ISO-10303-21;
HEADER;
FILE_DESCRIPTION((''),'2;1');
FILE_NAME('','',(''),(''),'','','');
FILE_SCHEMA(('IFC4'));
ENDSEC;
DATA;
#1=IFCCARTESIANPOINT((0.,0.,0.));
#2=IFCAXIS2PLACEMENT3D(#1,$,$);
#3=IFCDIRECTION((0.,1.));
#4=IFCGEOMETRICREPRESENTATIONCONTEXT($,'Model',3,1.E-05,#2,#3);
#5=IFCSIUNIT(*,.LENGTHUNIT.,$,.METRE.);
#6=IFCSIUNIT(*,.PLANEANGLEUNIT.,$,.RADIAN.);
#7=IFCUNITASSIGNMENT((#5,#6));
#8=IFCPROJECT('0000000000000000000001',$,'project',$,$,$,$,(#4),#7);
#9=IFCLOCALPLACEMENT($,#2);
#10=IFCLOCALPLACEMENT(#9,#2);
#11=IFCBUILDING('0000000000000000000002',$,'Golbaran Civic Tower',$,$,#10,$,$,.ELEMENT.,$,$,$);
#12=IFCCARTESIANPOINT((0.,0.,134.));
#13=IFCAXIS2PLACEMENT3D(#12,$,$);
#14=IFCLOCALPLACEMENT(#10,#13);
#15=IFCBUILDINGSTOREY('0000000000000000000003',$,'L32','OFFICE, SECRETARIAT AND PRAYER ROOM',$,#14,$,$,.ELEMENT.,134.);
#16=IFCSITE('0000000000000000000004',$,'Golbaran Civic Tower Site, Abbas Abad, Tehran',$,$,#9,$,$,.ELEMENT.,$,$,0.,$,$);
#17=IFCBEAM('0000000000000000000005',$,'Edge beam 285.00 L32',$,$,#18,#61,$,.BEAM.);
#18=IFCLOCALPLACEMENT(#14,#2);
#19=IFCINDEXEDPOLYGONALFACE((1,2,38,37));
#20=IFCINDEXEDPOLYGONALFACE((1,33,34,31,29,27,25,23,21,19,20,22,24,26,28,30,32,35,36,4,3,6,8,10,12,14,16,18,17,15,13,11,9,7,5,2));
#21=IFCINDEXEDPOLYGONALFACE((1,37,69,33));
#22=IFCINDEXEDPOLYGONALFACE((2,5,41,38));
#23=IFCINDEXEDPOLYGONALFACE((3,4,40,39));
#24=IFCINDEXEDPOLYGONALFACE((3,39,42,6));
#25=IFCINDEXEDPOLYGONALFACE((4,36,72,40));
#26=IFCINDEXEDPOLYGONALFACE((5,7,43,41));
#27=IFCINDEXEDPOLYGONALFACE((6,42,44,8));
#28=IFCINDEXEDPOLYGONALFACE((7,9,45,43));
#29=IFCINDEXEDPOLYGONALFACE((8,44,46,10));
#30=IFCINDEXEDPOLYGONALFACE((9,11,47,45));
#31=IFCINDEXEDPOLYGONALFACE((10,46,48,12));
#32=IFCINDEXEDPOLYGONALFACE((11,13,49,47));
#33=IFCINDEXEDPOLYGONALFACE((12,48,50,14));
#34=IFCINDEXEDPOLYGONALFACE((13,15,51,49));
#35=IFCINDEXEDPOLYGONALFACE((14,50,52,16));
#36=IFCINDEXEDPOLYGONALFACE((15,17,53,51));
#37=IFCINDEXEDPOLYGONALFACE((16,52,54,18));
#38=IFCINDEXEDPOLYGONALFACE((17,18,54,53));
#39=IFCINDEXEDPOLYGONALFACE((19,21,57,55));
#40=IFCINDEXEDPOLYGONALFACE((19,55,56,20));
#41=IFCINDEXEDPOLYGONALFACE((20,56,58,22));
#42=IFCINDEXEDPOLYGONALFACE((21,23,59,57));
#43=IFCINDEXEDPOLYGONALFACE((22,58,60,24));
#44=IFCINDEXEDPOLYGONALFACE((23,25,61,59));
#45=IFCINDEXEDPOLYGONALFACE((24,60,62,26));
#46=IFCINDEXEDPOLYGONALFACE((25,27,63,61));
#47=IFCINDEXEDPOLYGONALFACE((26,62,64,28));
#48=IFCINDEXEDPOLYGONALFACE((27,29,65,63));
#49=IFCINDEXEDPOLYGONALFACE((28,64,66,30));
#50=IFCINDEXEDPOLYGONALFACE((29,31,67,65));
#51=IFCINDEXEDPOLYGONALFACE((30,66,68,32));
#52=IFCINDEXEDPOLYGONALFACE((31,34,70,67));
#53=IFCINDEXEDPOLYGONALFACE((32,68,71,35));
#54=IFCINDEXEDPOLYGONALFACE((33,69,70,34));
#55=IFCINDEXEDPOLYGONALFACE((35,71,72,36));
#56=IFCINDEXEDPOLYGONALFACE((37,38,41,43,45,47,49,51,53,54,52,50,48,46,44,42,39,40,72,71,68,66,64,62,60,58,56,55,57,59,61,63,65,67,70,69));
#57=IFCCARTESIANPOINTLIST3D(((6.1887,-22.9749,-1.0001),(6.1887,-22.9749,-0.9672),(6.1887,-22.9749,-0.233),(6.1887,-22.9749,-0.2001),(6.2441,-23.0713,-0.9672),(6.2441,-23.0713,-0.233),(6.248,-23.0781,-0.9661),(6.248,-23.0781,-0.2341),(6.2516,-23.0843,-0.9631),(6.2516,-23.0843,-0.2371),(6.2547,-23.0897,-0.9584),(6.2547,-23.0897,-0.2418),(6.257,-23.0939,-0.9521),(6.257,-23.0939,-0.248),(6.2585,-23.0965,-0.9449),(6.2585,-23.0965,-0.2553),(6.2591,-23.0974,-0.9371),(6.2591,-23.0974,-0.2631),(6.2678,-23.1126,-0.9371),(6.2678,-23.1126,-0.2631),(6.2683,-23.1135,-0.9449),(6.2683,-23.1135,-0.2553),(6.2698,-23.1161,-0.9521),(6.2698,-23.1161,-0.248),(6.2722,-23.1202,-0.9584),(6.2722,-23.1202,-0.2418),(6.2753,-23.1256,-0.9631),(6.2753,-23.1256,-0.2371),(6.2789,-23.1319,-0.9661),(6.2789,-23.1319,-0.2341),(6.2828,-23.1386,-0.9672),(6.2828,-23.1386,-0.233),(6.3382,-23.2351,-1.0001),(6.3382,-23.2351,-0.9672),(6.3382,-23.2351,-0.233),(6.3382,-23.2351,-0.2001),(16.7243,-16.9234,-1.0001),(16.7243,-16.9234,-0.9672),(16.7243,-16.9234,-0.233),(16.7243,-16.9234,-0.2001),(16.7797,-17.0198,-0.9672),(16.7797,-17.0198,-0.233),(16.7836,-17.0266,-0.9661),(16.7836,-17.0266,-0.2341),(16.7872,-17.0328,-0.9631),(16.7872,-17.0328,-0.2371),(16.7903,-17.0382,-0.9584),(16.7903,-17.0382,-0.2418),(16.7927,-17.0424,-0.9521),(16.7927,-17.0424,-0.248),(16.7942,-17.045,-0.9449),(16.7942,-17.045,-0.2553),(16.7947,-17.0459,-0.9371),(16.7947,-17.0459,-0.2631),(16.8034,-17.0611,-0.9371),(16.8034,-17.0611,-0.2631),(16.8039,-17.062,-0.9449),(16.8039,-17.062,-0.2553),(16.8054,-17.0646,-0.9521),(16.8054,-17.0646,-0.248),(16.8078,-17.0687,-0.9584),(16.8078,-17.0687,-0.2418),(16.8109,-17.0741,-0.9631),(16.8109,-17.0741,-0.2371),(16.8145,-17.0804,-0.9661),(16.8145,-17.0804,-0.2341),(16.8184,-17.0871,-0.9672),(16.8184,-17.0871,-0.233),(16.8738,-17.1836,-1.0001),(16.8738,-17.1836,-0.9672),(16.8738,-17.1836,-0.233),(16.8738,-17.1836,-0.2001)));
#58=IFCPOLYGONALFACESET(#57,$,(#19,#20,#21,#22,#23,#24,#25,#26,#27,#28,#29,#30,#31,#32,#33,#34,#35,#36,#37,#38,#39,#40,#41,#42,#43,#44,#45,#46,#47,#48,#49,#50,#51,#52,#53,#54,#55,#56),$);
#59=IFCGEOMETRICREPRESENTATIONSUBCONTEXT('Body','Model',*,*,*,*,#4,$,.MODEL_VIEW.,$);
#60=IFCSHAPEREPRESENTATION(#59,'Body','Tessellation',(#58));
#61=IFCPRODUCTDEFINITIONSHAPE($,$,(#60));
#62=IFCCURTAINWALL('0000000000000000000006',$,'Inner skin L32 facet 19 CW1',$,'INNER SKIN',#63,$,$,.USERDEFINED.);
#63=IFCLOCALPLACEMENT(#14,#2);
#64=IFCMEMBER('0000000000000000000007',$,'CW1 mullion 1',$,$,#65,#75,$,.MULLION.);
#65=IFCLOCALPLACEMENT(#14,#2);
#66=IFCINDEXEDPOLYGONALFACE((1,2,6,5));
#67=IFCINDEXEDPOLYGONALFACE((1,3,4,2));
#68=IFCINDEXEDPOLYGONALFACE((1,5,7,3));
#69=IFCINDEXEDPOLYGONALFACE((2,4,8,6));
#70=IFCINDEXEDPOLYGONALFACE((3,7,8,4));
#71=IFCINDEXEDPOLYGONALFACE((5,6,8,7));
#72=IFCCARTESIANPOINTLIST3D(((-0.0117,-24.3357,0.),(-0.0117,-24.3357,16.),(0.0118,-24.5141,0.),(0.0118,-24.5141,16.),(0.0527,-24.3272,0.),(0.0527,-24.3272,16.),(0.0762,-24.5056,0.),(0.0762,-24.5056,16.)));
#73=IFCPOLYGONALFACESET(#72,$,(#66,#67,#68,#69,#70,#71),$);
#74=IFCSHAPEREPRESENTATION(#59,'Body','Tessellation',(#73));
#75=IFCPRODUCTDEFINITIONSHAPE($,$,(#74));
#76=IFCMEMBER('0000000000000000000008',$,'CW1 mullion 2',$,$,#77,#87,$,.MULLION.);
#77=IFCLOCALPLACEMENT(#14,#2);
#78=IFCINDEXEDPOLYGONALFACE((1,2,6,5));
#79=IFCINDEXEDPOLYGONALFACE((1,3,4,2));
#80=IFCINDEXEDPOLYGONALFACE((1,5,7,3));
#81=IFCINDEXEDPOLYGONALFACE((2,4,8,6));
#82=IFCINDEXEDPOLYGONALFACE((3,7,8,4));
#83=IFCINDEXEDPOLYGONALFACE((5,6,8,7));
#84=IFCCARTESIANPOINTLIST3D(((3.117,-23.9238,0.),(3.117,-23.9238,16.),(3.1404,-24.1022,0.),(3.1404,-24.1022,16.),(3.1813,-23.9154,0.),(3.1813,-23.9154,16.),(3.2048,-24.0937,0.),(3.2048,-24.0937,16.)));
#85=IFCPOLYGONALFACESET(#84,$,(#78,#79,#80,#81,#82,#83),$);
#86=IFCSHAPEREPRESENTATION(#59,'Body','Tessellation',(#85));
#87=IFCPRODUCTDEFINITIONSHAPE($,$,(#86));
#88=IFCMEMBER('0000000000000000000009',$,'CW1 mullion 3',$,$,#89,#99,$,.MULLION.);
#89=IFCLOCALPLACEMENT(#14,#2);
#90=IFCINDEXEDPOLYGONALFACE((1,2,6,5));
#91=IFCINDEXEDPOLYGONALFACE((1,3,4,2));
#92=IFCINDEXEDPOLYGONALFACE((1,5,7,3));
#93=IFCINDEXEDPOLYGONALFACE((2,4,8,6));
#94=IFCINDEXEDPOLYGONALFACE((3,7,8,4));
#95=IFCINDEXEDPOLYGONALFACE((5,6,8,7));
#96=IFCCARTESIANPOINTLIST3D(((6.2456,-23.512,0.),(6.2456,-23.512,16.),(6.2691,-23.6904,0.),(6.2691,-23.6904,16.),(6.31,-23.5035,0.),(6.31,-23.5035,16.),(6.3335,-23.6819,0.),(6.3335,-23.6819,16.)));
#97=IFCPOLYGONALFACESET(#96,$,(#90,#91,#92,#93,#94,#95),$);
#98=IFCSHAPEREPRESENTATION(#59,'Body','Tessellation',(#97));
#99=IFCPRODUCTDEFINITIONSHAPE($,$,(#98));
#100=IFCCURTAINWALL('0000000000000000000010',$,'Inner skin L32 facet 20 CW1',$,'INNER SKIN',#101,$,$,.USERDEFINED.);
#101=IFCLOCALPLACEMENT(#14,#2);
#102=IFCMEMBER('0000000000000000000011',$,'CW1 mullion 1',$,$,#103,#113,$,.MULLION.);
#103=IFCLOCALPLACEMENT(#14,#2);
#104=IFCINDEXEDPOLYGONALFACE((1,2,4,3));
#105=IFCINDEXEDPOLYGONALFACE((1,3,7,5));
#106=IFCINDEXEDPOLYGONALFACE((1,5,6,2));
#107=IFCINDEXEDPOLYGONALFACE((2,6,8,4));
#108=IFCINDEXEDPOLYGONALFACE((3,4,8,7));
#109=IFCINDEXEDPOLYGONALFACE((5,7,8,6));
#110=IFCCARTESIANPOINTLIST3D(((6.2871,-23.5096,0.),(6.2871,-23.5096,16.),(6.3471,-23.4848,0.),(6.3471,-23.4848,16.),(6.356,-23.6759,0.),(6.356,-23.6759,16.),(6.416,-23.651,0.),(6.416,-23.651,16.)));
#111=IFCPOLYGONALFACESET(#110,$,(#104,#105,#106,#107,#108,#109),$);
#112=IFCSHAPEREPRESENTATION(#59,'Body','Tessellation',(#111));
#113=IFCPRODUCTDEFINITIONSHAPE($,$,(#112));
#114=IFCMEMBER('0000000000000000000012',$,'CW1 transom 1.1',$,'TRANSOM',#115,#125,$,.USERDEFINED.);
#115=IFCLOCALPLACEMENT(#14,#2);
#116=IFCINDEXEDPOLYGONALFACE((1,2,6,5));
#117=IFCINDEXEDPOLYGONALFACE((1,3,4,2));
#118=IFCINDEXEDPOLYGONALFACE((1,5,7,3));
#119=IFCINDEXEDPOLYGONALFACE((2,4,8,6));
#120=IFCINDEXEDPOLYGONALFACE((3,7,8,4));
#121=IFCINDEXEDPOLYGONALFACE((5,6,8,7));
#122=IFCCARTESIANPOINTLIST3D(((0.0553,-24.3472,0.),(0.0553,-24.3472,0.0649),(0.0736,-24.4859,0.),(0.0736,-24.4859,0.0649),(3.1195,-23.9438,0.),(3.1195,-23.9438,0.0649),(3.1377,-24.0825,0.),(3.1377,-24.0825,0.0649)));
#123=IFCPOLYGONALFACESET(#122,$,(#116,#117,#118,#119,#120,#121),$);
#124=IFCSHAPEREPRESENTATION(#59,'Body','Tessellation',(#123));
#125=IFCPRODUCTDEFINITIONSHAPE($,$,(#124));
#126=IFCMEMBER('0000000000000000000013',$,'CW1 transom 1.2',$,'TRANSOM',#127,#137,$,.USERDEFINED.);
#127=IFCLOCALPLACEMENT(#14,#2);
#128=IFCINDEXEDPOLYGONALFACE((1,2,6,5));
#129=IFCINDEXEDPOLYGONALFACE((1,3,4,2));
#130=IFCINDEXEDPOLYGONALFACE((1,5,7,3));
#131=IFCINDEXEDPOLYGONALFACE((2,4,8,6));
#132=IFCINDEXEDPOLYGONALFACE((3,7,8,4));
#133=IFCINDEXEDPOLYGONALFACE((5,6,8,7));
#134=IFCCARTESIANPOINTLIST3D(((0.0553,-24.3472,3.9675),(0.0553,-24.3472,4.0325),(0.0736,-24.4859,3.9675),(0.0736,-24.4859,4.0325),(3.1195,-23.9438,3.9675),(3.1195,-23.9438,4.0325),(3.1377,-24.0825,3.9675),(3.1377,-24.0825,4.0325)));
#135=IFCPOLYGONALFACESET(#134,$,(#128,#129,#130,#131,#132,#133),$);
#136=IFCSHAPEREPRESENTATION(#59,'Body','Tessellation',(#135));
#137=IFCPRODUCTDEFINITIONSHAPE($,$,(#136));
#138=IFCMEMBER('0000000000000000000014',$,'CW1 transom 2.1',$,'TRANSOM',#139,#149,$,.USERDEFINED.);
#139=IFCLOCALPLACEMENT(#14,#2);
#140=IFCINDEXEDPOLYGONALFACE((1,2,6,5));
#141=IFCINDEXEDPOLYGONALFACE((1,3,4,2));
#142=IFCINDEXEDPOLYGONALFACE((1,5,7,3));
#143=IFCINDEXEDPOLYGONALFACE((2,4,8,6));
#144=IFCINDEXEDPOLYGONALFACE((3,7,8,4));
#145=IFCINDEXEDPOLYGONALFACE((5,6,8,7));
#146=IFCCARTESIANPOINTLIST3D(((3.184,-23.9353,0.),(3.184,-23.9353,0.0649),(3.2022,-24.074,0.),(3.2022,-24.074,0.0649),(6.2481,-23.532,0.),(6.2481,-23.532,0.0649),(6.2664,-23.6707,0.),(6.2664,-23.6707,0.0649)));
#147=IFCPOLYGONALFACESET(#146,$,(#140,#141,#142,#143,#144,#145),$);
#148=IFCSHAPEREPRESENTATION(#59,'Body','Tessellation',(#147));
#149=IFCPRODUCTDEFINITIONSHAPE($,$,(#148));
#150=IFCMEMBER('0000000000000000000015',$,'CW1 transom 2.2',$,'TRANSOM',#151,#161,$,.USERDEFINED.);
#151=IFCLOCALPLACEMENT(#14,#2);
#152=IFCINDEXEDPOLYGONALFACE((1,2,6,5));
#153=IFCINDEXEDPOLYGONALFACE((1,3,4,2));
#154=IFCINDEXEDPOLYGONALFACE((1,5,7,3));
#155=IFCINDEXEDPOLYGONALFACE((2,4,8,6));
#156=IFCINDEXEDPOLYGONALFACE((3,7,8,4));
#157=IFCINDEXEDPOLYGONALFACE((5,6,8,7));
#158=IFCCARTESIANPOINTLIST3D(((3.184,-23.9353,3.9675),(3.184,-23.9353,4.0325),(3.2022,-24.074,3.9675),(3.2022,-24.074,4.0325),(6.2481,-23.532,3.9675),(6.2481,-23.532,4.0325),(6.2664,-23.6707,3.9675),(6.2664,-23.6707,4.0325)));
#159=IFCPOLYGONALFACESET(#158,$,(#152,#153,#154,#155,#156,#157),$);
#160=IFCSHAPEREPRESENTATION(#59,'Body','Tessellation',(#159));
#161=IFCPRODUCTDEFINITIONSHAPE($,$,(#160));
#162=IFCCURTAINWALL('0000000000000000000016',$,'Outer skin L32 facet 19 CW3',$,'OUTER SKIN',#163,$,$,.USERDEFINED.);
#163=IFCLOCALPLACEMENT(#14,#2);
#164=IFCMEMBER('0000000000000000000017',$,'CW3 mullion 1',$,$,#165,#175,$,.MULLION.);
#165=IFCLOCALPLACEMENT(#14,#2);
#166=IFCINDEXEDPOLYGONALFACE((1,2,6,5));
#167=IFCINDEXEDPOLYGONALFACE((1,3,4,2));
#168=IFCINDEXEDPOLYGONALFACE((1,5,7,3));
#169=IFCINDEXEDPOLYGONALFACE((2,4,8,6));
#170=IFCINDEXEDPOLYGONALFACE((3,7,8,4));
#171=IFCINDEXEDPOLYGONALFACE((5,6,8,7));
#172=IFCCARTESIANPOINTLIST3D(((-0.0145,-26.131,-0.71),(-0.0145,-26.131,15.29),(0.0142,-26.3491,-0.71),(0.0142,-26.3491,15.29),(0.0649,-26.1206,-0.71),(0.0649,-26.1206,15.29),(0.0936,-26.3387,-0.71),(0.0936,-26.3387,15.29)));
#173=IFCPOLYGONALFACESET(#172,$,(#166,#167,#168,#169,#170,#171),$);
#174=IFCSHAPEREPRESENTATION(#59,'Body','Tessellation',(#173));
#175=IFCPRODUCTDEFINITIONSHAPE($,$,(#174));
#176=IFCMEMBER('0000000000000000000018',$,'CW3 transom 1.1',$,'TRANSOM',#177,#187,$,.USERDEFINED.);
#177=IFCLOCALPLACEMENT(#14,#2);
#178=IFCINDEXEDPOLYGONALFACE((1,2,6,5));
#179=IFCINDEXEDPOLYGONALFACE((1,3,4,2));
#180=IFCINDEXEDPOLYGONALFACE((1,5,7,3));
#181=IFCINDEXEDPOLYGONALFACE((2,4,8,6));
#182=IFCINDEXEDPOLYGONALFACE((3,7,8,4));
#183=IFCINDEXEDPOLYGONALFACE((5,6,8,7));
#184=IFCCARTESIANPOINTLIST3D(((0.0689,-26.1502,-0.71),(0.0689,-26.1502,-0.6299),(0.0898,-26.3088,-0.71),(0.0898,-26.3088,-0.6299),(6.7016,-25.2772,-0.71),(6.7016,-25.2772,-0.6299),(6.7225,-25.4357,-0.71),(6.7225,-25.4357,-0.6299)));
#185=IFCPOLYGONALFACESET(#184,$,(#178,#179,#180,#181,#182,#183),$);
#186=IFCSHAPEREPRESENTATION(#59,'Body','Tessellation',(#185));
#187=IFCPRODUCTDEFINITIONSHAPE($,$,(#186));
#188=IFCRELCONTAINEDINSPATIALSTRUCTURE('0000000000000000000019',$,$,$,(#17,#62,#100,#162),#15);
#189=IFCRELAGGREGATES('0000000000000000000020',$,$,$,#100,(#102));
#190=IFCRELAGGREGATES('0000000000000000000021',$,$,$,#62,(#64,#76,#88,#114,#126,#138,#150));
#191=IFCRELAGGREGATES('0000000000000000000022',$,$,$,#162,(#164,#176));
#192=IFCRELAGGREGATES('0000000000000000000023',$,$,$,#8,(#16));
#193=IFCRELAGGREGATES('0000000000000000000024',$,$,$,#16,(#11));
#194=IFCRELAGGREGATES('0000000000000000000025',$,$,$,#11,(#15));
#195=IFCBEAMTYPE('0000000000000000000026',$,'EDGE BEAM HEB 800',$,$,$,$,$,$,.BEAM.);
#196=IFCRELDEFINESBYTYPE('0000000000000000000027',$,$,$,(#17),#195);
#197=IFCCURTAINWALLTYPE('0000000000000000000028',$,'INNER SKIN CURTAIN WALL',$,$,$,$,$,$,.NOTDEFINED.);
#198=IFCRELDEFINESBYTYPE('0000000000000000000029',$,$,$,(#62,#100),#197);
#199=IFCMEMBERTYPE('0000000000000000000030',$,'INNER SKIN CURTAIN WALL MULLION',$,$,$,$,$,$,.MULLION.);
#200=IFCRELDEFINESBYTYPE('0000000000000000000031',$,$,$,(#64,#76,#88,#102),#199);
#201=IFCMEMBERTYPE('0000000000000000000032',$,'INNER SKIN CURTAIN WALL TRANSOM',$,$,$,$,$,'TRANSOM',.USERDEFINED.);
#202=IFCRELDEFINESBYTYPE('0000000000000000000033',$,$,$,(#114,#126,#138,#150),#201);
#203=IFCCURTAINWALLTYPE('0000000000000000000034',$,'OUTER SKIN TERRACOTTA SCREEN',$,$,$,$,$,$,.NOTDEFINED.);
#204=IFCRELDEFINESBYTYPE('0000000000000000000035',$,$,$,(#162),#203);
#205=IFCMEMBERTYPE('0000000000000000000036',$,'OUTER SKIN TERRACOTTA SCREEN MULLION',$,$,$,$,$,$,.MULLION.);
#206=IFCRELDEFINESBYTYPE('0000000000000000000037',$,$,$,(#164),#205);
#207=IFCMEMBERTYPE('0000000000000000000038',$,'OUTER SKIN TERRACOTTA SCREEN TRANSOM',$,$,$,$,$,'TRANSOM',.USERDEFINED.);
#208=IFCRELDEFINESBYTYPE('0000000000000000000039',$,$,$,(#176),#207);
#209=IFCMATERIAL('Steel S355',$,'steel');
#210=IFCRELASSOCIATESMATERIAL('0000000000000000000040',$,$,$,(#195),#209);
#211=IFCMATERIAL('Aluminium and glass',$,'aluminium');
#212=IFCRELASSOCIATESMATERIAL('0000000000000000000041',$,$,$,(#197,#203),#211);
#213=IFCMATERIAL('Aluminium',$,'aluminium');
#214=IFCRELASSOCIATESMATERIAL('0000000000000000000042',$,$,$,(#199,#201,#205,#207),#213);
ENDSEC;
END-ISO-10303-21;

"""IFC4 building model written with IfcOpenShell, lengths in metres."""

from ifc_helpers import new_model, si_unit, direction, frame, origin, origin_2d, place, context, subcontext, project, spatial, rectangle, i_section, extrude, material, material_profile, profile_set, type_object, element, aggregate, save


model = new_model("IFC4")

# Units and contexts
model_context = context("Model", 3, precision=1e-05, world=origin(), true_north=direction((0.0, 1.0)))
body_context = subcontext(model_context, "Body", "Model", "MODEL_VIEW")
ifc_project = project(units=[si_unit("LENGTHUNIT", "METRE"), si_unit("PLANEANGLEUNIT", "RADIAN")], contexts=[model_context])

# Site, building, storey
site_placement = place(None, origin())
site = spatial("IfcSite", under=ifc_project, at=site_placement, Name="Golbaran Civic Tower Site, Abbas Abad, Tehran", CompositionType="ELEMENT", RefElevation=0.0)
building_placement = place(site_placement, origin())
building = spatial("IfcBuilding", under=site, at=building_placement, Name="Golbaran Civic Tower", CompositionType="ELEMENT")
storey_placement = place(building_placement, frame((0.0, 0.0, 134.0)))
storey = spatial("IfcBuildingStorey", under=building, at=storey_placement, Name="L32", Description="OFFICE, SECRETARIAT AND PRAYER ROOM", CompositionType="ELEMENT", Elevation=134.0)

# Beam
ifc_material_1 = material(Name="Steel S355", Category="steel")
ifc_material_profile_1 = material_profile(ifc_material_1, i_section(OverallWidth=0.3, OverallDepth=0.8, WebThickness=0.0176, FlangeThickness=0.033, FilletRadius=0.03, at=origin_2d()), Name="HEB 800")
ifc_profile_set_1 = profile_set([ifc_material_profile_1], Name="Steel S355")
beam_type = type_object("IfcBeamType", Name="EDGE BEAM HEB 800", PredefinedType="BEAM", material=ifc_profile_set_1)
beam_placement = place(storey_placement, frame((6.2634, -23.105, -0.6001), z_axis=(0.867137, 0.49807, 0.0), x_axis=(-0.49807, 0.867137, 0.0)))
element("IfcBeam", 1, at=beam_placement, inside=storey, type_object=beam_type, Name="Edge beam 285.00 L32", PredefinedType="BEAM", context=body_context, shape_type="SweptSolid", body=[
    extrude(i_section(OverallWidth=0.3, OverallDepth=0.8, WebThickness=0.0176, FlangeThickness=0.033, FilletRadius=0.03, at=origin_2d()), origin(), (0.0, 0.0, 1.0), 12.1499),
])

# Curtain wall, members
ifc_material_2 = material(Name="Aluminium and glass", Category="aluminium")
curtain_wall_type_1 = type_object("IfcCurtainWallType", Name="INNER SKIN CURTAIN WALL", PredefinedType="NOTDEFINED", material=ifc_material_2)
curtain_wall_1_placement = place(storey_placement, origin())
curtain_wall_1 = element("IfcCurtainWall", 2, at=curtain_wall_1_placement, inside=storey, type_object=curtain_wall_type_1, Name="Inner skin L32 facet 19 CW1", ObjectType="INNER SKIN", PredefinedType="USERDEFINED")
ifc_material_3 = material(Name="Aluminium", Category="aluminium")
ifc_material_profile_2 = material_profile(ifc_material_3, rectangle(XDim=0.1799, YDim=0.0649, at=origin_2d()), Name="INNER SKIN CURTAIN WALL MULLION")
ifc_profile_set_2 = profile_set([ifc_material_profile_2], Name="Aluminium")
member_type_1 = type_object("IfcMemberType", Name="INNER SKIN CURTAIN WALL MULLION", PredefinedType="MULLION", material=ifc_profile_set_2)
member_1_placement = place(storey_placement, frame((0.0322, -24.4207, 0.0), z_axis=(0.0, 0.0, 1.0), x_axis=(-0.130526, 0.991445, 0.0)))
member_1 = element("IfcMember", 3, at=member_1_placement, type_object=member_type_1, Name="CW1 mullion 1", PredefinedType="MULLION", context=body_context, shape_type="SweptSolid", body=[
    extrude(rectangle(XDim=0.1799, YDim=0.0649, at=origin_2d()), origin(), (0.0, 0.0, 1.0), 16.0),
])
member_2_placement = place(storey_placement, frame((3.1609, -24.0088, 0.0), z_axis=(0.0, 0.0, 1.0), x_axis=(-0.130526, 0.991445, 0.0)))
member_2 = element("IfcMember", 4, at=member_2_placement, type_object=member_type_1, Name="CW1 mullion 2", PredefinedType="MULLION", context=body_context, shape_type="SweptSolid", body=[
    extrude(rectangle(XDim=0.1799, YDim=0.0649, at=origin_2d()), origin(), (0.0, 0.0, 1.0), 16.0),
])
member_3_placement = place(storey_placement, frame((6.2896, -23.5969, 0.0), z_axis=(0.0, 0.0, 1.0), x_axis=(-0.130526, 0.991445, 0.0)))
member_3 = element("IfcMember", 5, at=member_3_placement, type_object=member_type_1, Name="CW1 mullion 3", PredefinedType="MULLION", context=body_context, shape_type="SweptSolid", body=[
    extrude(rectangle(XDim=0.1799, YDim=0.0649, at=origin_2d()), origin(), (0.0, 0.0, 1.0), 16.0),
])

# Curtain wall, member
curtain_wall_2_placement = place(storey_placement, origin())
curtain_wall_2 = element("IfcCurtainWall", 6, at=curtain_wall_2_placement, inside=storey, type_object=curtain_wall_type_1, Name="Inner skin L32 facet 20 CW1", ObjectType="INNER SKIN", PredefinedType="USERDEFINED")
member_4_placement = place(storey_placement, frame((6.3516, -23.5803, 0.0), z_axis=(0.0, 0.0, 1.0), x_axis=(-0.382683, 0.92388, 0.0)))
member_4 = element("IfcMember", 7, at=member_4_placement, type_object=member_type_1, Name="CW1 mullion 1", PredefinedType="MULLION", context=body_context, shape_type="SweptSolid", body=[
    extrude(rectangle(XDim=0.1799, YDim=0.0649, at=origin_2d()), origin(), (0.0, 0.0, 1.0), 16.0),
])
aggregate(curtain_wall_2, [member_4])

# Members
ifc_material_profile_3 = material_profile(ifc_material_3, rectangle(XDim=0.1399, YDim=0.0649, at=origin_2d()), Name="INNER SKIN CURTAIN WALL TRANSOM")
ifc_profile_set_3 = profile_set([ifc_material_profile_3], Name="Aluminium")
member_type_2 = type_object("IfcMemberType", Name="INNER SKIN CURTAIN WALL TRANSOM", ElementType="TRANSOM", PredefinedType="USERDEFINED", material=ifc_profile_set_3)
member_5_placement = place(storey_placement, frame((0.0645, -24.4165, 0.0325), z_axis=(0.991449, 0.130497, 0.0), x_axis=(-0.130497, 0.991449, 0.0)))
member_5 = element("IfcMember", 8, at=member_5_placement, type_object=member_type_2, Name="CW1 transom 1.1", ObjectType="TRANSOM", PredefinedType="USERDEFINED", context=body_context, shape_type="SweptSolid", body=[
    extrude(rectangle(XDim=0.1399, YDim=0.0649, at=origin_2d()), origin(), (0.0, 0.0, 1.0), 3.0906),
])
member_6_placement = place(storey_placement, frame((0.0645, -24.4165, 4.0), z_axis=(0.991449, 0.130497, 0.0), x_axis=(-0.130497, 0.991449, 0.0)))
member_6 = element("IfcMember", 9, at=member_6_placement, type_object=member_type_2, Name="CW1 transom 1.2", ObjectType="TRANSOM", PredefinedType="USERDEFINED", context=body_context, shape_type="SweptSolid", body=[
    extrude(rectangle(XDim=0.1399, YDim=0.0649, at=origin_2d()), origin(), (0.0, 0.0, 1.0), 3.0906),
])
member_7_placement = place(storey_placement, frame((3.1931, -24.0046, 0.0325), z_axis=(0.991449, 0.130497, 0.0), x_axis=(-0.130497, 0.991449, 0.0)))
member_7 = element("IfcMember", 10, at=member_7_placement, type_object=member_type_2, Name="CW1 transom 2.1", ObjectType="TRANSOM", PredefinedType="USERDEFINED", context=body_context, shape_type="SweptSolid", body=[
    extrude(rectangle(XDim=0.1399, YDim=0.0649, at=origin_2d()), origin(), (0.0, 0.0, 1.0), 3.0906),
])
member_8_placement = place(storey_placement, frame((3.1931, -24.0046, 4.0), z_axis=(0.991449, 0.130497, 0.0), x_axis=(-0.130497, 0.991449, 0.0)))
member_8 = element("IfcMember", 11, at=member_8_placement, type_object=member_type_2, Name="CW1 transom 2.2", ObjectType="TRANSOM", PredefinedType="USERDEFINED", context=body_context, shape_type="SweptSolid", body=[
    extrude(rectangle(XDim=0.1399, YDim=0.0649, at=origin_2d()), origin(), (0.0, 0.0, 1.0), 3.0906),
])

# Curtain wall, members
curtain_wall_type_2 = type_object("IfcCurtainWallType", Name="OUTER SKIN TERRACOTTA SCREEN", PredefinedType="NOTDEFINED", material=ifc_material_2)
curtain_wall_3_placement = place(storey_placement, origin())
curtain_wall_3 = element("IfcCurtainWall", 12, at=curtain_wall_3_placement, inside=storey, type_object=curtain_wall_type_2, Name="Outer skin L32 facet 19 CW3", ObjectType="OUTER SKIN", PredefinedType="USERDEFINED")
ifc_material_profile_4 = material_profile(ifc_material_3, rectangle(XDim=0.22, YDim=0.0801, at=origin_2d()), Name="OUTER SKIN TERRACOTTA SCREEN MULLION")
ifc_profile_set_4 = profile_set([ifc_material_profile_4], Name="Aluminium")
member_type_3 = type_object("IfcMemberType", Name="OUTER SKIN TERRACOTTA SCREEN MULLION", PredefinedType="MULLION", material=ifc_profile_set_4)
member_9_placement = place(storey_placement, frame((0.0396, -26.2349, -0.71), z_axis=(0.0, 0.0, 1.0), x_axis=(-0.130526, 0.991445, 0.0)))
member_9 = element("IfcMember", 13, at=member_9_placement, type_object=member_type_3, Name="CW3 mullion 1", PredefinedType="MULLION", context=body_context, shape_type="SweptSolid", body=[
    extrude(rectangle(XDim=0.22, YDim=0.0801, at=origin_2d()), origin(), (0.0, 0.0, 1.0), 16.0),
])
ifc_material_profile_5 = material_profile(ifc_material_3, rectangle(XDim=0.1599, YDim=0.0801, at=origin_2d()), Name="OUTER SKIN TERRACOTTA SCREEN TRANSOM")
ifc_profile_set_5 = profile_set([ifc_material_profile_5], Name="Aluminium")
member_type_4 = type_object("IfcMemberType", Name="OUTER SKIN TERRACOTTA SCREEN TRANSOM", ElementType="TRANSOM", PredefinedType="USERDEFINED", material=ifc_profile_set_5)
member_10_placement = place(storey_placement, frame((0.0793, -26.2295, -0.6699), z_axis=(0.991448, 0.1305, 0.0), x_axis=(-0.1305, 0.991448, 0.0)))
member_10 = element("IfcMember", 14, at=member_10_placement, type_object=member_type_4, Name="CW3 transom 1.1", ObjectType="TRANSOM", PredefinedType="USERDEFINED", context=body_context, shape_type="SweptSolid", body=[
    extrude(rectangle(XDim=0.1599, YDim=0.0801, at=origin_2d()), origin(), (0.0, 0.0, 1.0), 6.6899),
])

aggregate(curtain_wall_1, [member_1, member_2, member_3, member_5, member_6, member_7, member_8])
aggregate(curtain_wall_3, [member_9, member_10])

save(model, "model.ifc")
